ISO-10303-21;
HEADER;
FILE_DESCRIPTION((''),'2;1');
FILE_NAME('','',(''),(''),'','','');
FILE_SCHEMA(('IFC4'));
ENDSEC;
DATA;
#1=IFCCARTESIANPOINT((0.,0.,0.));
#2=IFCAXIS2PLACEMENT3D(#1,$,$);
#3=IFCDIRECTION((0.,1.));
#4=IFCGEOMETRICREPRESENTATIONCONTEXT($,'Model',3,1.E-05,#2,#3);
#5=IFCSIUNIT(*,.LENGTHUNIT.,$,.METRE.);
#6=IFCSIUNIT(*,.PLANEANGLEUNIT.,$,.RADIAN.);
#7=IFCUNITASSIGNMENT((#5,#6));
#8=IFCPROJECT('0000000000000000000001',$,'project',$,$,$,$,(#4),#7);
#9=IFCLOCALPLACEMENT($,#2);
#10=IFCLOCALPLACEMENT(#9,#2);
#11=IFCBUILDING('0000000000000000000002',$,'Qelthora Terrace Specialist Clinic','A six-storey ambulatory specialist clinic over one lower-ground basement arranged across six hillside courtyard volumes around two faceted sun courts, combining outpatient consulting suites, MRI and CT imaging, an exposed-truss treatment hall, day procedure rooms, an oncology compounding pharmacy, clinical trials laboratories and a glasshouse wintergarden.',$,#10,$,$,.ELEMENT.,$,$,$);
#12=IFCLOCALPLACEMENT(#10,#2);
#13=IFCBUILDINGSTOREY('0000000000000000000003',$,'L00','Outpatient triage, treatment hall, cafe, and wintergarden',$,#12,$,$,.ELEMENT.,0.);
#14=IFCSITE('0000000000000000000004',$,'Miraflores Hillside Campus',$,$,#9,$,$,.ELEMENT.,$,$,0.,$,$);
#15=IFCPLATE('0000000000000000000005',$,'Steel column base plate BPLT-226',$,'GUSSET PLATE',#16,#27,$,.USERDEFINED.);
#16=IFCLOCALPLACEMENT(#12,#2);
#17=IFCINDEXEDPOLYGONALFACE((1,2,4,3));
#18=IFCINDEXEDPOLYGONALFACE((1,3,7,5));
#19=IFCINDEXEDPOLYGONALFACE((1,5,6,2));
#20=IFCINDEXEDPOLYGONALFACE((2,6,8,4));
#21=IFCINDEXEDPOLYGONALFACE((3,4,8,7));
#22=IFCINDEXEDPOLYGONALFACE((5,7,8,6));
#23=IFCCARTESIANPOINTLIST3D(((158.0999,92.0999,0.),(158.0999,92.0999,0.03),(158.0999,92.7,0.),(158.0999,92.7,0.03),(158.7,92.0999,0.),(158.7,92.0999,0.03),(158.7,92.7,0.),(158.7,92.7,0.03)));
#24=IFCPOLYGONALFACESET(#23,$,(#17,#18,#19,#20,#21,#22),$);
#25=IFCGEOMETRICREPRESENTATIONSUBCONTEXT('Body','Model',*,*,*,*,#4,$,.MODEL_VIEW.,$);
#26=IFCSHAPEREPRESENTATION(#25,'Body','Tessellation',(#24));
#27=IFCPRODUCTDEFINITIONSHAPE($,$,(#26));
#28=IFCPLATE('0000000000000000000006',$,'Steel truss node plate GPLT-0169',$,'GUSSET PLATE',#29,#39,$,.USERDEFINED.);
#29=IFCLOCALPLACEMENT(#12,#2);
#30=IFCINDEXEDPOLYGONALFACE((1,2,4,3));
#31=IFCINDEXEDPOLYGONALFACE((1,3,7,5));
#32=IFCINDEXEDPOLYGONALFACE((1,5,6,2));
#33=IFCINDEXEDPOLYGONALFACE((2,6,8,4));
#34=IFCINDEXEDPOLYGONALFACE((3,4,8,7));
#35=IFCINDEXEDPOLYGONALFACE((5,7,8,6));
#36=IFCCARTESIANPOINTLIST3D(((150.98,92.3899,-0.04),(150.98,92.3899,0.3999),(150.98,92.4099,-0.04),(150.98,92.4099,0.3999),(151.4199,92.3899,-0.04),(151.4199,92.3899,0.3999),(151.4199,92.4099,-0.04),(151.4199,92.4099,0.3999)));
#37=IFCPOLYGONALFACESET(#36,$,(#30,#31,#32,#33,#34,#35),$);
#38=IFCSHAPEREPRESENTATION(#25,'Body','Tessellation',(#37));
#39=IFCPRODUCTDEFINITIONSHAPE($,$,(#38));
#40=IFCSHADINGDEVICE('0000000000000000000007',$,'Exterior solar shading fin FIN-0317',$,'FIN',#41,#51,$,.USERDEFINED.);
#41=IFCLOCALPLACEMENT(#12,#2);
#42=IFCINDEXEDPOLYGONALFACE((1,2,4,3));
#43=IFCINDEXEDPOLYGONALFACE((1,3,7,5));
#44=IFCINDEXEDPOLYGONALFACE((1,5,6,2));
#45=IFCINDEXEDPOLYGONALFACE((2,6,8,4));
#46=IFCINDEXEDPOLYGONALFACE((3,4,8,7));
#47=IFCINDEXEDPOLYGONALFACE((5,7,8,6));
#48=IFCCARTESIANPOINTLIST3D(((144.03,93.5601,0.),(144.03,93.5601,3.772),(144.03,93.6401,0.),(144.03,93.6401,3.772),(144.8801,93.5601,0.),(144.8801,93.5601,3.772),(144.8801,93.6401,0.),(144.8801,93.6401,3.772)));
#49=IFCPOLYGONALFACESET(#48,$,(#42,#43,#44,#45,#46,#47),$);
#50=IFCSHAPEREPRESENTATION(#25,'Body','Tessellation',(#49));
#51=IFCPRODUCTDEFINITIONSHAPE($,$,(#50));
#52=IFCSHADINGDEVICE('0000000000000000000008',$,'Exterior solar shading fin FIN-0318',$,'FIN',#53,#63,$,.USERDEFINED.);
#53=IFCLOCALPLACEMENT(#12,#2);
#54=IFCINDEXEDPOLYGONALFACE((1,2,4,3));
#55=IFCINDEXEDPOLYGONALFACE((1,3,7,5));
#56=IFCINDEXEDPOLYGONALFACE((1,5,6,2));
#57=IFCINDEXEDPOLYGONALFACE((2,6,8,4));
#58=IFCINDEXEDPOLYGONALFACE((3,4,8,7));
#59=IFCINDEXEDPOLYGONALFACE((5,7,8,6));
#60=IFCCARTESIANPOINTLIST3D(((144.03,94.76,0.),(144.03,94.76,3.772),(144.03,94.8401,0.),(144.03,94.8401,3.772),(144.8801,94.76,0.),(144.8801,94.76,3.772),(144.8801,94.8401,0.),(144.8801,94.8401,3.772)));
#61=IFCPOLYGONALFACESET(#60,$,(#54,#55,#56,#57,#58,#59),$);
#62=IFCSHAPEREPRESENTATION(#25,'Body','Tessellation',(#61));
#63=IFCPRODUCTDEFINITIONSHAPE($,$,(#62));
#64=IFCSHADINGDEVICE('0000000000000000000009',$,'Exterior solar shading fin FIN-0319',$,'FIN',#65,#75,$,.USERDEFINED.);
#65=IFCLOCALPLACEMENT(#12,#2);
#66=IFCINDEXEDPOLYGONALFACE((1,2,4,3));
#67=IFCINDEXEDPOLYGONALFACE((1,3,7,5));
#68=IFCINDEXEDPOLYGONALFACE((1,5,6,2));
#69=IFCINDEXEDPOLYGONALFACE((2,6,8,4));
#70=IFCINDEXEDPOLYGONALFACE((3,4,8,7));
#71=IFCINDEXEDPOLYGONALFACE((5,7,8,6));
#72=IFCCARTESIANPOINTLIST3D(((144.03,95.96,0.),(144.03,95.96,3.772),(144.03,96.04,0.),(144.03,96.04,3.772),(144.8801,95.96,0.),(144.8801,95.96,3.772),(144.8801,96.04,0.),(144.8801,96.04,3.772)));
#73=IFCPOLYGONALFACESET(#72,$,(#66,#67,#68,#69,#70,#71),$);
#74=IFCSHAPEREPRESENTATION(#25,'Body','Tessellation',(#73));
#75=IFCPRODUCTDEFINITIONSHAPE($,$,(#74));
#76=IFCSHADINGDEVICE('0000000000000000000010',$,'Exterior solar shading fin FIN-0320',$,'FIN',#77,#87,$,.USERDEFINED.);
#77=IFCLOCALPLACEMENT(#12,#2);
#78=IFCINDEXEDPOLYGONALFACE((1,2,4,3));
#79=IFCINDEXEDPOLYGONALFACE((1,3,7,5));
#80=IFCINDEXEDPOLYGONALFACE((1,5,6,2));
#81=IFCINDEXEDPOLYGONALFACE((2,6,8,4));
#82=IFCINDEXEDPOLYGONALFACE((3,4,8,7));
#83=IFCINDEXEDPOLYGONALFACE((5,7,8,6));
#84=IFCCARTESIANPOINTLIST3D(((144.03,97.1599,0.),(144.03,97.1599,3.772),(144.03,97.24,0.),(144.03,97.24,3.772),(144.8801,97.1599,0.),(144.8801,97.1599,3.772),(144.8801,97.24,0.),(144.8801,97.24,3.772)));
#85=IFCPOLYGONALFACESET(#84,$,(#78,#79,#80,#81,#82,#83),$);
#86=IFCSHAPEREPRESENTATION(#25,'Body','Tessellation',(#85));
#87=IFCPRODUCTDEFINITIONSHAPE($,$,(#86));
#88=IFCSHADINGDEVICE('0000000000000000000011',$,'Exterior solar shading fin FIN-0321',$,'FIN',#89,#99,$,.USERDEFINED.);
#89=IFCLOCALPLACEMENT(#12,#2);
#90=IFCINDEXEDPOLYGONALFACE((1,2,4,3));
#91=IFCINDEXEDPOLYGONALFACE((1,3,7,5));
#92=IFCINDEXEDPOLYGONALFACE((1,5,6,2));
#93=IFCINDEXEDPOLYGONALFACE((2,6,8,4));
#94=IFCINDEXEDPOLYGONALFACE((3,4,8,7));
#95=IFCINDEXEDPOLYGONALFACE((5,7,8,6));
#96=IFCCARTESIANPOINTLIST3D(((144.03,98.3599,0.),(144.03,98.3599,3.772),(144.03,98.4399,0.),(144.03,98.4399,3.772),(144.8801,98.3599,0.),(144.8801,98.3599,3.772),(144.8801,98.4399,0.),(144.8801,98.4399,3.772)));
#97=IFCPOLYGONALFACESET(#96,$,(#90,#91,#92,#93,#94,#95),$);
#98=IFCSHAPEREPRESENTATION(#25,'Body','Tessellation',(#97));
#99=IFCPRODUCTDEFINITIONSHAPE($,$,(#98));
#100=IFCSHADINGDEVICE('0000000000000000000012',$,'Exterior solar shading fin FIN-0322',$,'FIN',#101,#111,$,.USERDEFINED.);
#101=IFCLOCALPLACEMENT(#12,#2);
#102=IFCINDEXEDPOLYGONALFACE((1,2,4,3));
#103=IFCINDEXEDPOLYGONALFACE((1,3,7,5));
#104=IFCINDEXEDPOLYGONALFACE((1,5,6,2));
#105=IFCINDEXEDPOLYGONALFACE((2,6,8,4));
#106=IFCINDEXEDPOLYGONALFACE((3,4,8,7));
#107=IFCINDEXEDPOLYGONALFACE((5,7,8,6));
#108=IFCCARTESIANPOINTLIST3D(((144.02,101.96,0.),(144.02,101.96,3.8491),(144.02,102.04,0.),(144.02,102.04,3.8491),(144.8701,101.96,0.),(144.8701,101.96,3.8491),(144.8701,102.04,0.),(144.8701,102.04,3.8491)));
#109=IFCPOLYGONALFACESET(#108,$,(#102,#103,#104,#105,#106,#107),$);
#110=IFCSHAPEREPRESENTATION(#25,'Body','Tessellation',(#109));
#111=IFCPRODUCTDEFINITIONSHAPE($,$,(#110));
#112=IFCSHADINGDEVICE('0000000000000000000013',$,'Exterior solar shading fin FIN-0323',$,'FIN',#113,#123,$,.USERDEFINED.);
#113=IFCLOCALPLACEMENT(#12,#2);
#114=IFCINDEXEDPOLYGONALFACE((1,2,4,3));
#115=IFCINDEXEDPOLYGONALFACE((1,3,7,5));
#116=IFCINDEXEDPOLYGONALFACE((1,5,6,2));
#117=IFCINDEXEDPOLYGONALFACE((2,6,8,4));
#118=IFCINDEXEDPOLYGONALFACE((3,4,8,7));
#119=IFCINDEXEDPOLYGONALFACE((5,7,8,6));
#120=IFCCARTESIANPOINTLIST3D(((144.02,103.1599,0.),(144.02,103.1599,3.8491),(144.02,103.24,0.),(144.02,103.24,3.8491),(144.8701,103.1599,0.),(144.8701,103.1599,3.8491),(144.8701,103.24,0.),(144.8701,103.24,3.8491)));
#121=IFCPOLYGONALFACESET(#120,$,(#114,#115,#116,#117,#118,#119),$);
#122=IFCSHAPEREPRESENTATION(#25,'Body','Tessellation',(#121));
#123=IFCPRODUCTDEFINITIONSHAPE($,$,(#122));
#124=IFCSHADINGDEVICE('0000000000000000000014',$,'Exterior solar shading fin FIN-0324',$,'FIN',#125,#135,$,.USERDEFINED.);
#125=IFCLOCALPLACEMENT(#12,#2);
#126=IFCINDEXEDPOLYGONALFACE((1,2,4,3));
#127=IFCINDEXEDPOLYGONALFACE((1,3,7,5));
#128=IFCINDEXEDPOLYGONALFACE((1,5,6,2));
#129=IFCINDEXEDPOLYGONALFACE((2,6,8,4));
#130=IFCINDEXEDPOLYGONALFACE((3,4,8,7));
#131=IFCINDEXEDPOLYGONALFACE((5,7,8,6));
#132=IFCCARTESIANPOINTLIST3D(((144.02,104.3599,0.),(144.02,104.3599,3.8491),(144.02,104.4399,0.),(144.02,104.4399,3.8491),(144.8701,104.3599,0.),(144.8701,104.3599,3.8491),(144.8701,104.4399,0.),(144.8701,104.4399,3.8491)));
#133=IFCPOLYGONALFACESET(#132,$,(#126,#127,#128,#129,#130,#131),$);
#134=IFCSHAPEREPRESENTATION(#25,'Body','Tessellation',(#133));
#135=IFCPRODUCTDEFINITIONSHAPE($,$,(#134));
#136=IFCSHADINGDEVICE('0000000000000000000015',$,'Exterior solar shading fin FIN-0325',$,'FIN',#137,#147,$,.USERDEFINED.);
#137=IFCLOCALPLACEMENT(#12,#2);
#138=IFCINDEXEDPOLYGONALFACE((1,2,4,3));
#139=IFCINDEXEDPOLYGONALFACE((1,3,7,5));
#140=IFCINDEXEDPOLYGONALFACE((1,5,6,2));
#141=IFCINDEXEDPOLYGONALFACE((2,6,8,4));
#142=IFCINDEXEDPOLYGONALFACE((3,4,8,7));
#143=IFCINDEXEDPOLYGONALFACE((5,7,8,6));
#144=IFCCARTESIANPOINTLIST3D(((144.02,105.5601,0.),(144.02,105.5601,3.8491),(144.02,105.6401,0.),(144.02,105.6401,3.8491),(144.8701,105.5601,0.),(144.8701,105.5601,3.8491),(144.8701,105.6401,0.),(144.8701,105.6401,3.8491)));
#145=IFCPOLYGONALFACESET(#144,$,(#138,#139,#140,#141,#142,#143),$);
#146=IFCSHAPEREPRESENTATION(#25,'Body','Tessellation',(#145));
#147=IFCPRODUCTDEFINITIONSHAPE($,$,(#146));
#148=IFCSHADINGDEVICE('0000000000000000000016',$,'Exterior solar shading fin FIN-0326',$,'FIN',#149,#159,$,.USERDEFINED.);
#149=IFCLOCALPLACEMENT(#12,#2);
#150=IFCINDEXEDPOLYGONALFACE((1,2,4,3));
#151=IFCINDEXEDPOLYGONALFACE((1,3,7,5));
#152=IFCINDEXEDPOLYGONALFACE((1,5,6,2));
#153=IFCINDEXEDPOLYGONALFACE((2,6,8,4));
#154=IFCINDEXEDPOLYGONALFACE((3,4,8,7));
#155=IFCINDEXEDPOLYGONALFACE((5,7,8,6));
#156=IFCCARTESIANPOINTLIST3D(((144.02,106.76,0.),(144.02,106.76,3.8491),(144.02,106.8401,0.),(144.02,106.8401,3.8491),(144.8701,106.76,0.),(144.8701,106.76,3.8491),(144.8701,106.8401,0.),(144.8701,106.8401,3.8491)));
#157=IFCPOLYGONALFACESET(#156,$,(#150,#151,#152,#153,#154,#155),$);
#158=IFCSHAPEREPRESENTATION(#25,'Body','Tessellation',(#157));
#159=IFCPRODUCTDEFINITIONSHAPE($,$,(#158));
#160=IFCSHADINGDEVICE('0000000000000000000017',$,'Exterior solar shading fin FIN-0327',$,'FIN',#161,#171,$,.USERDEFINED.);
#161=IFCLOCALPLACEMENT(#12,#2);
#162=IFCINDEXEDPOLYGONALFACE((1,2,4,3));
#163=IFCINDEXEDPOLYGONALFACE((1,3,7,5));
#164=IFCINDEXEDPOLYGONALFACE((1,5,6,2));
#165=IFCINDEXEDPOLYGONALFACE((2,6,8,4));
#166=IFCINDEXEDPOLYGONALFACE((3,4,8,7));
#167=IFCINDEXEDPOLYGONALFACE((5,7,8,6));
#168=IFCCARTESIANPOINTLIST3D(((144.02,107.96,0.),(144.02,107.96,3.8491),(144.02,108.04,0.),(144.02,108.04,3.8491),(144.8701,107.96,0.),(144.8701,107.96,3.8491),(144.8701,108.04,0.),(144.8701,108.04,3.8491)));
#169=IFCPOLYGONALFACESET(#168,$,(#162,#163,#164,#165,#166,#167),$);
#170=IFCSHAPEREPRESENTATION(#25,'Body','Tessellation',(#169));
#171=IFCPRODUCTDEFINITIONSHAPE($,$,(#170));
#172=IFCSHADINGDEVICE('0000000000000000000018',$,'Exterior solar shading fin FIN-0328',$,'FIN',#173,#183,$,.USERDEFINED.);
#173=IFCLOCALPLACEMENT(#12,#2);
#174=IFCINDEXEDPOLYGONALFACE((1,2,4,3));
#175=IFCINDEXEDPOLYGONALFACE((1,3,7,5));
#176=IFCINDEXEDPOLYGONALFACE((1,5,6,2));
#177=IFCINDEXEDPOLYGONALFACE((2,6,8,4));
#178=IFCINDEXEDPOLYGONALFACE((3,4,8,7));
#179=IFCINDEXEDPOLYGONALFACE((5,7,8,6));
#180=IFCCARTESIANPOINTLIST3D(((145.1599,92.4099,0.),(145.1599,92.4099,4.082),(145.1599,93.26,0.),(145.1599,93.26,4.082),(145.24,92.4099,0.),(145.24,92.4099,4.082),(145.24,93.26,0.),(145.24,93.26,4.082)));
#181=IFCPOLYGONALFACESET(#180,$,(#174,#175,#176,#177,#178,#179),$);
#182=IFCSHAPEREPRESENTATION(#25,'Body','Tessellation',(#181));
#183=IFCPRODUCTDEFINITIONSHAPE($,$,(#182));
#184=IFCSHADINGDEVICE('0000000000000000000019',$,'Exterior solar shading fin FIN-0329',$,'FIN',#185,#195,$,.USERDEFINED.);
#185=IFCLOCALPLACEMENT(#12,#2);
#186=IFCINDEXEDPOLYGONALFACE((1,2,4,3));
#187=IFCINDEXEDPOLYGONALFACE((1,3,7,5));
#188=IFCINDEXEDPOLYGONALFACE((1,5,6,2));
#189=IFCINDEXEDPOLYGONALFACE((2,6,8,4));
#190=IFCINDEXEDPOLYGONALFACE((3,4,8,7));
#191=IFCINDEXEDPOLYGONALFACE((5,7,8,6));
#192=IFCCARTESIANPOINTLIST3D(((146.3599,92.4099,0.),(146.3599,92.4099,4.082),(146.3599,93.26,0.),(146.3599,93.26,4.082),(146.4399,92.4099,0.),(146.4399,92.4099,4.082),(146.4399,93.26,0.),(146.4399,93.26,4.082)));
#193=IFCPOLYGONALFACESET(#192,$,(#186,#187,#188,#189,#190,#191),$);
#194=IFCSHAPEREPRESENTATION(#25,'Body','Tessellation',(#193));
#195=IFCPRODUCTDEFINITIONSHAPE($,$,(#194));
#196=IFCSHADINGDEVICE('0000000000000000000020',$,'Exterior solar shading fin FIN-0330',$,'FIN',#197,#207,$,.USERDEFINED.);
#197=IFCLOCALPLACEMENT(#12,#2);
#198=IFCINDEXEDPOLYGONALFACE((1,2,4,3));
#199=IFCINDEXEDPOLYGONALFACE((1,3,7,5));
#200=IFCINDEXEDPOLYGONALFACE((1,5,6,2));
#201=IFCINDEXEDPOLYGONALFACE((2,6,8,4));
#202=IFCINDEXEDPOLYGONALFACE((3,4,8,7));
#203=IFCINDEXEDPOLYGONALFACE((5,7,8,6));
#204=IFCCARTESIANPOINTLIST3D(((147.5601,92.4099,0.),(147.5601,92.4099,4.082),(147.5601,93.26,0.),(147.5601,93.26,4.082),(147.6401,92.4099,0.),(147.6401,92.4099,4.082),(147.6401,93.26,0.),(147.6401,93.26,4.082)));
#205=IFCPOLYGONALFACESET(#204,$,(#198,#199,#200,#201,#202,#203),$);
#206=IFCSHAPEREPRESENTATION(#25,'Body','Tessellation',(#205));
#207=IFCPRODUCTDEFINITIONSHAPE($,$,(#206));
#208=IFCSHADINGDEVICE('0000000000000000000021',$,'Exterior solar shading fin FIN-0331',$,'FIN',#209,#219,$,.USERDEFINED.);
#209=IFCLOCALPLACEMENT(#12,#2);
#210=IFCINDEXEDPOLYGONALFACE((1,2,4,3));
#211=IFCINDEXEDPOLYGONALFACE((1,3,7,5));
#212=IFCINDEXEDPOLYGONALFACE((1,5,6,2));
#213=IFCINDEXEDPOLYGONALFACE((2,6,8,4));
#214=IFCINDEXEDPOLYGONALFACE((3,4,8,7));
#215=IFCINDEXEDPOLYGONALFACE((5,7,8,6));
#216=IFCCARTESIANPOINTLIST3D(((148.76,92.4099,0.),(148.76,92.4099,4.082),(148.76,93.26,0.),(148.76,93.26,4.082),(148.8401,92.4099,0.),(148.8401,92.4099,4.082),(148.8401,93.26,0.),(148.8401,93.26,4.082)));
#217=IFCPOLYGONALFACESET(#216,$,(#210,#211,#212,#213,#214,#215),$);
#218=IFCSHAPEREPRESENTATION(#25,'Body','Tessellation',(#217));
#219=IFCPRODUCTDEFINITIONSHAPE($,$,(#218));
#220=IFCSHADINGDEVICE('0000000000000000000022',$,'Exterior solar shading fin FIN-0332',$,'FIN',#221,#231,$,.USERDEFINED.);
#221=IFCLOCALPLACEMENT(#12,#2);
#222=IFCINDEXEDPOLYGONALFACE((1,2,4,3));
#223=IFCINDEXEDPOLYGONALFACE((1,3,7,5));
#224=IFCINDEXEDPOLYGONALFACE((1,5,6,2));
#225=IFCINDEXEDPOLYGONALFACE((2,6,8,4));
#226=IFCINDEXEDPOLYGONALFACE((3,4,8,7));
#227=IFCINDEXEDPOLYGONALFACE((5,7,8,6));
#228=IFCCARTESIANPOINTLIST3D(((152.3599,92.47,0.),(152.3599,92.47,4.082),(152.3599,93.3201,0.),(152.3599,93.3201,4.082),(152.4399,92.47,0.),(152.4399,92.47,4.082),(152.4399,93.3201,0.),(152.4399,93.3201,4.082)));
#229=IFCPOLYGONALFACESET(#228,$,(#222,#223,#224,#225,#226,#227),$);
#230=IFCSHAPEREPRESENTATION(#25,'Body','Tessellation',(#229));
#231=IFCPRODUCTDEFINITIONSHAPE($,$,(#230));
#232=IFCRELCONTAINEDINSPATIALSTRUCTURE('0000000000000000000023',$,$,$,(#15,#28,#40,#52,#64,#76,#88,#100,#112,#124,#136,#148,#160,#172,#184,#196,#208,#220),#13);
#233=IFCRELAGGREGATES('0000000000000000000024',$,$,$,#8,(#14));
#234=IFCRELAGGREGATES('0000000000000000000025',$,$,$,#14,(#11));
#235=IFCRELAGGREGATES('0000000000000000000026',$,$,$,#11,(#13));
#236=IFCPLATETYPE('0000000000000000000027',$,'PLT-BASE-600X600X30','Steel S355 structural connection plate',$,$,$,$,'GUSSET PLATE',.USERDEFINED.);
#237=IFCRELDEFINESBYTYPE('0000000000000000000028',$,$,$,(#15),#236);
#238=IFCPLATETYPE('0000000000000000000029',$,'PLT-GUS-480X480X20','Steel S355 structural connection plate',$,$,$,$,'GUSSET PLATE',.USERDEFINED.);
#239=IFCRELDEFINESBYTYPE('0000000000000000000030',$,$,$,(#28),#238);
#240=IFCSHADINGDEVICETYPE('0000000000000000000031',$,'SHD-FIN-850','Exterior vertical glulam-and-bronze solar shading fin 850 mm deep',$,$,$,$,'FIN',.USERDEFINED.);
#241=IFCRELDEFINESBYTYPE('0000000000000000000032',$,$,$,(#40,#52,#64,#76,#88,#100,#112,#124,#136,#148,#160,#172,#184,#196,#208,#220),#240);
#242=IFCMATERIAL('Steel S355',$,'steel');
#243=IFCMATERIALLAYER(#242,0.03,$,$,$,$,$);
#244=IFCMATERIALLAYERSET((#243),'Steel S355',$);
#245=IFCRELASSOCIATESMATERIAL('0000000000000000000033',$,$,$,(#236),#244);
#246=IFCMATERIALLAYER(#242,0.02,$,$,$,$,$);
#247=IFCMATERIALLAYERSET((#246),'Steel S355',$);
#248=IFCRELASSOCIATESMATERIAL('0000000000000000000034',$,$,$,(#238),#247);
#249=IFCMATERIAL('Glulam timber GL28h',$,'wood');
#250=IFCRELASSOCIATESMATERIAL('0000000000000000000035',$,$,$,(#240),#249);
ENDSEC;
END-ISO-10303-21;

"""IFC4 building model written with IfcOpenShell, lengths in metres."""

from ifc_helpers import new_model, si_unit, direction, frame, origin, origin_2d, place, context, subcontext, project, spatial, rectangle, extrude, material, layer, layer_set, type_object, element, save


model = new_model("IFC4")

# Units and contexts
model_context = context("Model", 3, precision=1e-05, world=origin(), true_north=direction((0.0, 1.0)))
body_context = subcontext(model_context, "Body", "Model", "MODEL_VIEW")
ifc_project = project(units=[si_unit("LENGTHUNIT", "METRE"), si_unit("PLANEANGLEUNIT", "RADIAN")], contexts=[model_context])

# Site, building, storey
site_placement = place(None, origin())
site = spatial("IfcSite", under=ifc_project, at=site_placement, Name="Miraflores Hillside Campus", CompositionType="ELEMENT", RefElevation=0.0)
building_placement = place(site_placement, origin())
building = spatial("IfcBuilding", under=site, at=building_placement, Name="Qelthora Terrace Specialist Clinic", Description="A six-storey ambulatory specialist clinic over one lower-ground basement arranged across six hillside courtyard volumes around two faceted sun courts, combining outpatient consulting suites, MRI and CT imaging, an exposed-truss treatment hall, day procedure rooms, an oncology compounding pharmacy, clinical trials laboratories and a glasshouse wintergarden.", CompositionType="ELEMENT")
storey_placement = place(building_placement, origin())
storey = spatial("IfcBuildingStorey", under=building, at=storey_placement, Name="L00", Description="Outpatient triage, treatment hall, cafe, and wintergarden", CompositionType="ELEMENT", Elevation=0.0)

# Shared definitions
ifc_material_1 = material(Name="Steel S355", Category="steel")

# Plates
ifc_layer_1 = layer(ifc_material_1, 0.03)
ifc_layer_set_1 = layer_set([ifc_layer_1], Name="Steel S355")
plate_type_1 = type_object("IfcPlateType", Name="PLT-BASE-600X600X30", Description="Steel S355 structural connection plate", ElementType="GUSSET PLATE", PredefinedType="USERDEFINED", material=ifc_layer_set_1)
for number, where, z_axis, x_axis, name in (
    (1, (158.3999, 92.3999, 0.0), (0.0, 0.0, 1.0), (1.0, 0.0, 0.0), "Steel column base plate BPLT-226"),
):
    element("IfcPlate", number, at=place(storey_placement, frame(where, z_axis=z_axis, x_axis=x_axis)), inside=storey, type_object=plate_type_1, Name=name, ObjectType="GUSSET PLATE", PredefinedType="USERDEFINED", context=body_context, shape_type="SweptSolid", body=[
        extrude(rectangle(XDim=0.6001, YDim=0.6001, at=origin_2d()), origin(), (0.0, 0.0, 1.0), 0.03),
    ])
ifc_layer_2 = layer(ifc_material_1, 0.02)
ifc_layer_set_2 = layer_set([ifc_layer_2], Name="Steel S355")
plate_type_2 = type_object("IfcPlateType", Name="PLT-GUS-480X480X20", Description="Steel S355 structural connection plate", ElementType="GUSSET PLATE", PredefinedType="USERDEFINED", material=ifc_layer_set_2)
plate_placement = place(storey_placement, frame((151.2, 92.3999, -0.04), z_axis=(0.0, 0.0, 1.0), x_axis=(1.0, 0.0, 0.0)))
element("IfcPlate", 2, at=plate_placement, inside=storey, type_object=plate_type_2, Name="Steel truss node plate GPLT-0169", ObjectType="GUSSET PLATE", PredefinedType="USERDEFINED", context=body_context, shape_type="SweptSolid", body=[
    extrude(rectangle(XDim=0.4399, YDim=0.02, at=origin_2d()), origin(), (0.0, 0.0, 1.0), 0.4399),
])

# Shading devices
ifc_material_2 = material(Name="Glulam timber GL28h", Category="wood")
shading_device_type = type_object("IfcShadingDeviceType", Name="SHD-FIN-850", Description="Exterior vertical glulam-and-bronze solar shading fin 850 mm deep", ElementType="FIN", PredefinedType="USERDEFINED", material=ifc_material_2)
for number, where, z_axis, x_axis, name in (
    (3, (144.4551, 93.6001, 0.0), (0.0, 0.0, 1.0), (1.0, 0.0, 0.0), "Exterior solar shading fin FIN-0317"),
    (4, (144.4551, 94.8, 0.0), (0.0, 0.0, 1.0), (1.0, 0.0, 0.0), "Exterior solar shading fin FIN-0318"),
    (5, (144.4551, 96.0, 0.0), (0.0, 0.0, 1.0), (1.0, 0.0, 0.0), "Exterior solar shading fin FIN-0319"),
    (6, (144.4551, 97.2, 0.0), (0.0, 0.0, 1.0), (1.0, 0.0, 0.0), "Exterior solar shading fin FIN-0320"),
    (7, (144.4551, 98.3999, 0.0), (0.0, 0.0, 1.0), (1.0, 0.0, 0.0), "Exterior solar shading fin FIN-0321"),
):
    element("IfcShadingDevice", number, at=place(storey_placement, frame(where, z_axis=z_axis, x_axis=x_axis)), inside=storey, type_object=shading_device_type, Name=name, ObjectType="FIN", PredefinedType="USERDEFINED", context=body_context, shape_type="SweptSolid", body=[
        extrude(rectangle(XDim=0.8501, YDim=0.0801, at=origin_2d()), origin(), (0.0, 0.0, 1.0), 3.772),
    ])
for number, where, z_axis, x_axis, name in (
    (8, (144.4451, 102.0, 0.0), (0.0, 0.0, 1.0), (1.0, 0.0, 0.0), "Exterior solar shading fin FIN-0322"),
    (9, (144.4451, 103.2, 0.0), (0.0, 0.0, 1.0), (1.0, 0.0, 0.0), "Exterior solar shading fin FIN-0323"),
    (10, (144.4451, 104.3999, 0.0), (0.0, 0.0, 1.0), (1.0, 0.0, 0.0), "Exterior solar shading fin FIN-0324"),
    (11, (144.4451, 105.6001, 0.0), (0.0, 0.0, 1.0), (1.0, 0.0, 0.0), "Exterior solar shading fin FIN-0325"),
    (12, (144.4451, 106.8, 0.0), (0.0, 0.0, 1.0), (1.0, 0.0, 0.0), "Exterior solar shading fin FIN-0326"),
    (13, (144.4451, 108.0, 0.0), (0.0, 0.0, 1.0), (1.0, 0.0, 0.0), "Exterior solar shading fin FIN-0327"),
):
    element("IfcShadingDevice", number, at=place(storey_placement, frame(where, z_axis=z_axis, x_axis=x_axis)), inside=storey, type_object=shading_device_type, Name=name, ObjectType="FIN", PredefinedType="USERDEFINED", context=body_context, shape_type="SweptSolid", body=[
        extrude(rectangle(XDim=0.8501, YDim=0.0801, at=origin_2d()), origin(), (0.0, 0.0, 1.0), 3.8491),
    ])
for number, where, z_axis, x_axis, name in (
    (14, (145.2, 92.835, 0.0), (0.0, 0.0, 1.0), (0.0, 1.0, 0.0), "Exterior solar shading fin FIN-0328"),
    (15, (146.3999, 92.835, 0.0), (0.0, 0.0, 1.0), (0.0, 1.0, 0.0), "Exterior solar shading fin FIN-0329"),
    (16, (147.6001, 92.835, 0.0), (0.0, 0.0, 1.0), (0.0, 1.0, 0.0), "Exterior solar shading fin FIN-0330"),
    (17, (148.8, 92.835, 0.0), (0.0, 0.0, 1.0), (0.0, 1.0, 0.0), "Exterior solar shading fin FIN-0331"),
    (18, (152.3999, 92.895, 0.0), (0.0, 0.0, 1.0), (0.0, 1.0, 0.0), "Exterior solar shading fin FIN-0332"),
):
    element("IfcShadingDevice", number, at=place(storey_placement, frame(where, z_axis=z_axis, x_axis=x_axis)), inside=storey, type_object=shading_device_type, Name=name, ObjectType="FIN", PredefinedType="USERDEFINED", context=body_context, shape_type="SweptSolid", body=[
        extrude(rectangle(XDim=0.8501, YDim=0.0801, at=origin_2d()), origin(), (0.0, 0.0, 1.0), 4.082),
    ])

save(model, "model.ifc")
